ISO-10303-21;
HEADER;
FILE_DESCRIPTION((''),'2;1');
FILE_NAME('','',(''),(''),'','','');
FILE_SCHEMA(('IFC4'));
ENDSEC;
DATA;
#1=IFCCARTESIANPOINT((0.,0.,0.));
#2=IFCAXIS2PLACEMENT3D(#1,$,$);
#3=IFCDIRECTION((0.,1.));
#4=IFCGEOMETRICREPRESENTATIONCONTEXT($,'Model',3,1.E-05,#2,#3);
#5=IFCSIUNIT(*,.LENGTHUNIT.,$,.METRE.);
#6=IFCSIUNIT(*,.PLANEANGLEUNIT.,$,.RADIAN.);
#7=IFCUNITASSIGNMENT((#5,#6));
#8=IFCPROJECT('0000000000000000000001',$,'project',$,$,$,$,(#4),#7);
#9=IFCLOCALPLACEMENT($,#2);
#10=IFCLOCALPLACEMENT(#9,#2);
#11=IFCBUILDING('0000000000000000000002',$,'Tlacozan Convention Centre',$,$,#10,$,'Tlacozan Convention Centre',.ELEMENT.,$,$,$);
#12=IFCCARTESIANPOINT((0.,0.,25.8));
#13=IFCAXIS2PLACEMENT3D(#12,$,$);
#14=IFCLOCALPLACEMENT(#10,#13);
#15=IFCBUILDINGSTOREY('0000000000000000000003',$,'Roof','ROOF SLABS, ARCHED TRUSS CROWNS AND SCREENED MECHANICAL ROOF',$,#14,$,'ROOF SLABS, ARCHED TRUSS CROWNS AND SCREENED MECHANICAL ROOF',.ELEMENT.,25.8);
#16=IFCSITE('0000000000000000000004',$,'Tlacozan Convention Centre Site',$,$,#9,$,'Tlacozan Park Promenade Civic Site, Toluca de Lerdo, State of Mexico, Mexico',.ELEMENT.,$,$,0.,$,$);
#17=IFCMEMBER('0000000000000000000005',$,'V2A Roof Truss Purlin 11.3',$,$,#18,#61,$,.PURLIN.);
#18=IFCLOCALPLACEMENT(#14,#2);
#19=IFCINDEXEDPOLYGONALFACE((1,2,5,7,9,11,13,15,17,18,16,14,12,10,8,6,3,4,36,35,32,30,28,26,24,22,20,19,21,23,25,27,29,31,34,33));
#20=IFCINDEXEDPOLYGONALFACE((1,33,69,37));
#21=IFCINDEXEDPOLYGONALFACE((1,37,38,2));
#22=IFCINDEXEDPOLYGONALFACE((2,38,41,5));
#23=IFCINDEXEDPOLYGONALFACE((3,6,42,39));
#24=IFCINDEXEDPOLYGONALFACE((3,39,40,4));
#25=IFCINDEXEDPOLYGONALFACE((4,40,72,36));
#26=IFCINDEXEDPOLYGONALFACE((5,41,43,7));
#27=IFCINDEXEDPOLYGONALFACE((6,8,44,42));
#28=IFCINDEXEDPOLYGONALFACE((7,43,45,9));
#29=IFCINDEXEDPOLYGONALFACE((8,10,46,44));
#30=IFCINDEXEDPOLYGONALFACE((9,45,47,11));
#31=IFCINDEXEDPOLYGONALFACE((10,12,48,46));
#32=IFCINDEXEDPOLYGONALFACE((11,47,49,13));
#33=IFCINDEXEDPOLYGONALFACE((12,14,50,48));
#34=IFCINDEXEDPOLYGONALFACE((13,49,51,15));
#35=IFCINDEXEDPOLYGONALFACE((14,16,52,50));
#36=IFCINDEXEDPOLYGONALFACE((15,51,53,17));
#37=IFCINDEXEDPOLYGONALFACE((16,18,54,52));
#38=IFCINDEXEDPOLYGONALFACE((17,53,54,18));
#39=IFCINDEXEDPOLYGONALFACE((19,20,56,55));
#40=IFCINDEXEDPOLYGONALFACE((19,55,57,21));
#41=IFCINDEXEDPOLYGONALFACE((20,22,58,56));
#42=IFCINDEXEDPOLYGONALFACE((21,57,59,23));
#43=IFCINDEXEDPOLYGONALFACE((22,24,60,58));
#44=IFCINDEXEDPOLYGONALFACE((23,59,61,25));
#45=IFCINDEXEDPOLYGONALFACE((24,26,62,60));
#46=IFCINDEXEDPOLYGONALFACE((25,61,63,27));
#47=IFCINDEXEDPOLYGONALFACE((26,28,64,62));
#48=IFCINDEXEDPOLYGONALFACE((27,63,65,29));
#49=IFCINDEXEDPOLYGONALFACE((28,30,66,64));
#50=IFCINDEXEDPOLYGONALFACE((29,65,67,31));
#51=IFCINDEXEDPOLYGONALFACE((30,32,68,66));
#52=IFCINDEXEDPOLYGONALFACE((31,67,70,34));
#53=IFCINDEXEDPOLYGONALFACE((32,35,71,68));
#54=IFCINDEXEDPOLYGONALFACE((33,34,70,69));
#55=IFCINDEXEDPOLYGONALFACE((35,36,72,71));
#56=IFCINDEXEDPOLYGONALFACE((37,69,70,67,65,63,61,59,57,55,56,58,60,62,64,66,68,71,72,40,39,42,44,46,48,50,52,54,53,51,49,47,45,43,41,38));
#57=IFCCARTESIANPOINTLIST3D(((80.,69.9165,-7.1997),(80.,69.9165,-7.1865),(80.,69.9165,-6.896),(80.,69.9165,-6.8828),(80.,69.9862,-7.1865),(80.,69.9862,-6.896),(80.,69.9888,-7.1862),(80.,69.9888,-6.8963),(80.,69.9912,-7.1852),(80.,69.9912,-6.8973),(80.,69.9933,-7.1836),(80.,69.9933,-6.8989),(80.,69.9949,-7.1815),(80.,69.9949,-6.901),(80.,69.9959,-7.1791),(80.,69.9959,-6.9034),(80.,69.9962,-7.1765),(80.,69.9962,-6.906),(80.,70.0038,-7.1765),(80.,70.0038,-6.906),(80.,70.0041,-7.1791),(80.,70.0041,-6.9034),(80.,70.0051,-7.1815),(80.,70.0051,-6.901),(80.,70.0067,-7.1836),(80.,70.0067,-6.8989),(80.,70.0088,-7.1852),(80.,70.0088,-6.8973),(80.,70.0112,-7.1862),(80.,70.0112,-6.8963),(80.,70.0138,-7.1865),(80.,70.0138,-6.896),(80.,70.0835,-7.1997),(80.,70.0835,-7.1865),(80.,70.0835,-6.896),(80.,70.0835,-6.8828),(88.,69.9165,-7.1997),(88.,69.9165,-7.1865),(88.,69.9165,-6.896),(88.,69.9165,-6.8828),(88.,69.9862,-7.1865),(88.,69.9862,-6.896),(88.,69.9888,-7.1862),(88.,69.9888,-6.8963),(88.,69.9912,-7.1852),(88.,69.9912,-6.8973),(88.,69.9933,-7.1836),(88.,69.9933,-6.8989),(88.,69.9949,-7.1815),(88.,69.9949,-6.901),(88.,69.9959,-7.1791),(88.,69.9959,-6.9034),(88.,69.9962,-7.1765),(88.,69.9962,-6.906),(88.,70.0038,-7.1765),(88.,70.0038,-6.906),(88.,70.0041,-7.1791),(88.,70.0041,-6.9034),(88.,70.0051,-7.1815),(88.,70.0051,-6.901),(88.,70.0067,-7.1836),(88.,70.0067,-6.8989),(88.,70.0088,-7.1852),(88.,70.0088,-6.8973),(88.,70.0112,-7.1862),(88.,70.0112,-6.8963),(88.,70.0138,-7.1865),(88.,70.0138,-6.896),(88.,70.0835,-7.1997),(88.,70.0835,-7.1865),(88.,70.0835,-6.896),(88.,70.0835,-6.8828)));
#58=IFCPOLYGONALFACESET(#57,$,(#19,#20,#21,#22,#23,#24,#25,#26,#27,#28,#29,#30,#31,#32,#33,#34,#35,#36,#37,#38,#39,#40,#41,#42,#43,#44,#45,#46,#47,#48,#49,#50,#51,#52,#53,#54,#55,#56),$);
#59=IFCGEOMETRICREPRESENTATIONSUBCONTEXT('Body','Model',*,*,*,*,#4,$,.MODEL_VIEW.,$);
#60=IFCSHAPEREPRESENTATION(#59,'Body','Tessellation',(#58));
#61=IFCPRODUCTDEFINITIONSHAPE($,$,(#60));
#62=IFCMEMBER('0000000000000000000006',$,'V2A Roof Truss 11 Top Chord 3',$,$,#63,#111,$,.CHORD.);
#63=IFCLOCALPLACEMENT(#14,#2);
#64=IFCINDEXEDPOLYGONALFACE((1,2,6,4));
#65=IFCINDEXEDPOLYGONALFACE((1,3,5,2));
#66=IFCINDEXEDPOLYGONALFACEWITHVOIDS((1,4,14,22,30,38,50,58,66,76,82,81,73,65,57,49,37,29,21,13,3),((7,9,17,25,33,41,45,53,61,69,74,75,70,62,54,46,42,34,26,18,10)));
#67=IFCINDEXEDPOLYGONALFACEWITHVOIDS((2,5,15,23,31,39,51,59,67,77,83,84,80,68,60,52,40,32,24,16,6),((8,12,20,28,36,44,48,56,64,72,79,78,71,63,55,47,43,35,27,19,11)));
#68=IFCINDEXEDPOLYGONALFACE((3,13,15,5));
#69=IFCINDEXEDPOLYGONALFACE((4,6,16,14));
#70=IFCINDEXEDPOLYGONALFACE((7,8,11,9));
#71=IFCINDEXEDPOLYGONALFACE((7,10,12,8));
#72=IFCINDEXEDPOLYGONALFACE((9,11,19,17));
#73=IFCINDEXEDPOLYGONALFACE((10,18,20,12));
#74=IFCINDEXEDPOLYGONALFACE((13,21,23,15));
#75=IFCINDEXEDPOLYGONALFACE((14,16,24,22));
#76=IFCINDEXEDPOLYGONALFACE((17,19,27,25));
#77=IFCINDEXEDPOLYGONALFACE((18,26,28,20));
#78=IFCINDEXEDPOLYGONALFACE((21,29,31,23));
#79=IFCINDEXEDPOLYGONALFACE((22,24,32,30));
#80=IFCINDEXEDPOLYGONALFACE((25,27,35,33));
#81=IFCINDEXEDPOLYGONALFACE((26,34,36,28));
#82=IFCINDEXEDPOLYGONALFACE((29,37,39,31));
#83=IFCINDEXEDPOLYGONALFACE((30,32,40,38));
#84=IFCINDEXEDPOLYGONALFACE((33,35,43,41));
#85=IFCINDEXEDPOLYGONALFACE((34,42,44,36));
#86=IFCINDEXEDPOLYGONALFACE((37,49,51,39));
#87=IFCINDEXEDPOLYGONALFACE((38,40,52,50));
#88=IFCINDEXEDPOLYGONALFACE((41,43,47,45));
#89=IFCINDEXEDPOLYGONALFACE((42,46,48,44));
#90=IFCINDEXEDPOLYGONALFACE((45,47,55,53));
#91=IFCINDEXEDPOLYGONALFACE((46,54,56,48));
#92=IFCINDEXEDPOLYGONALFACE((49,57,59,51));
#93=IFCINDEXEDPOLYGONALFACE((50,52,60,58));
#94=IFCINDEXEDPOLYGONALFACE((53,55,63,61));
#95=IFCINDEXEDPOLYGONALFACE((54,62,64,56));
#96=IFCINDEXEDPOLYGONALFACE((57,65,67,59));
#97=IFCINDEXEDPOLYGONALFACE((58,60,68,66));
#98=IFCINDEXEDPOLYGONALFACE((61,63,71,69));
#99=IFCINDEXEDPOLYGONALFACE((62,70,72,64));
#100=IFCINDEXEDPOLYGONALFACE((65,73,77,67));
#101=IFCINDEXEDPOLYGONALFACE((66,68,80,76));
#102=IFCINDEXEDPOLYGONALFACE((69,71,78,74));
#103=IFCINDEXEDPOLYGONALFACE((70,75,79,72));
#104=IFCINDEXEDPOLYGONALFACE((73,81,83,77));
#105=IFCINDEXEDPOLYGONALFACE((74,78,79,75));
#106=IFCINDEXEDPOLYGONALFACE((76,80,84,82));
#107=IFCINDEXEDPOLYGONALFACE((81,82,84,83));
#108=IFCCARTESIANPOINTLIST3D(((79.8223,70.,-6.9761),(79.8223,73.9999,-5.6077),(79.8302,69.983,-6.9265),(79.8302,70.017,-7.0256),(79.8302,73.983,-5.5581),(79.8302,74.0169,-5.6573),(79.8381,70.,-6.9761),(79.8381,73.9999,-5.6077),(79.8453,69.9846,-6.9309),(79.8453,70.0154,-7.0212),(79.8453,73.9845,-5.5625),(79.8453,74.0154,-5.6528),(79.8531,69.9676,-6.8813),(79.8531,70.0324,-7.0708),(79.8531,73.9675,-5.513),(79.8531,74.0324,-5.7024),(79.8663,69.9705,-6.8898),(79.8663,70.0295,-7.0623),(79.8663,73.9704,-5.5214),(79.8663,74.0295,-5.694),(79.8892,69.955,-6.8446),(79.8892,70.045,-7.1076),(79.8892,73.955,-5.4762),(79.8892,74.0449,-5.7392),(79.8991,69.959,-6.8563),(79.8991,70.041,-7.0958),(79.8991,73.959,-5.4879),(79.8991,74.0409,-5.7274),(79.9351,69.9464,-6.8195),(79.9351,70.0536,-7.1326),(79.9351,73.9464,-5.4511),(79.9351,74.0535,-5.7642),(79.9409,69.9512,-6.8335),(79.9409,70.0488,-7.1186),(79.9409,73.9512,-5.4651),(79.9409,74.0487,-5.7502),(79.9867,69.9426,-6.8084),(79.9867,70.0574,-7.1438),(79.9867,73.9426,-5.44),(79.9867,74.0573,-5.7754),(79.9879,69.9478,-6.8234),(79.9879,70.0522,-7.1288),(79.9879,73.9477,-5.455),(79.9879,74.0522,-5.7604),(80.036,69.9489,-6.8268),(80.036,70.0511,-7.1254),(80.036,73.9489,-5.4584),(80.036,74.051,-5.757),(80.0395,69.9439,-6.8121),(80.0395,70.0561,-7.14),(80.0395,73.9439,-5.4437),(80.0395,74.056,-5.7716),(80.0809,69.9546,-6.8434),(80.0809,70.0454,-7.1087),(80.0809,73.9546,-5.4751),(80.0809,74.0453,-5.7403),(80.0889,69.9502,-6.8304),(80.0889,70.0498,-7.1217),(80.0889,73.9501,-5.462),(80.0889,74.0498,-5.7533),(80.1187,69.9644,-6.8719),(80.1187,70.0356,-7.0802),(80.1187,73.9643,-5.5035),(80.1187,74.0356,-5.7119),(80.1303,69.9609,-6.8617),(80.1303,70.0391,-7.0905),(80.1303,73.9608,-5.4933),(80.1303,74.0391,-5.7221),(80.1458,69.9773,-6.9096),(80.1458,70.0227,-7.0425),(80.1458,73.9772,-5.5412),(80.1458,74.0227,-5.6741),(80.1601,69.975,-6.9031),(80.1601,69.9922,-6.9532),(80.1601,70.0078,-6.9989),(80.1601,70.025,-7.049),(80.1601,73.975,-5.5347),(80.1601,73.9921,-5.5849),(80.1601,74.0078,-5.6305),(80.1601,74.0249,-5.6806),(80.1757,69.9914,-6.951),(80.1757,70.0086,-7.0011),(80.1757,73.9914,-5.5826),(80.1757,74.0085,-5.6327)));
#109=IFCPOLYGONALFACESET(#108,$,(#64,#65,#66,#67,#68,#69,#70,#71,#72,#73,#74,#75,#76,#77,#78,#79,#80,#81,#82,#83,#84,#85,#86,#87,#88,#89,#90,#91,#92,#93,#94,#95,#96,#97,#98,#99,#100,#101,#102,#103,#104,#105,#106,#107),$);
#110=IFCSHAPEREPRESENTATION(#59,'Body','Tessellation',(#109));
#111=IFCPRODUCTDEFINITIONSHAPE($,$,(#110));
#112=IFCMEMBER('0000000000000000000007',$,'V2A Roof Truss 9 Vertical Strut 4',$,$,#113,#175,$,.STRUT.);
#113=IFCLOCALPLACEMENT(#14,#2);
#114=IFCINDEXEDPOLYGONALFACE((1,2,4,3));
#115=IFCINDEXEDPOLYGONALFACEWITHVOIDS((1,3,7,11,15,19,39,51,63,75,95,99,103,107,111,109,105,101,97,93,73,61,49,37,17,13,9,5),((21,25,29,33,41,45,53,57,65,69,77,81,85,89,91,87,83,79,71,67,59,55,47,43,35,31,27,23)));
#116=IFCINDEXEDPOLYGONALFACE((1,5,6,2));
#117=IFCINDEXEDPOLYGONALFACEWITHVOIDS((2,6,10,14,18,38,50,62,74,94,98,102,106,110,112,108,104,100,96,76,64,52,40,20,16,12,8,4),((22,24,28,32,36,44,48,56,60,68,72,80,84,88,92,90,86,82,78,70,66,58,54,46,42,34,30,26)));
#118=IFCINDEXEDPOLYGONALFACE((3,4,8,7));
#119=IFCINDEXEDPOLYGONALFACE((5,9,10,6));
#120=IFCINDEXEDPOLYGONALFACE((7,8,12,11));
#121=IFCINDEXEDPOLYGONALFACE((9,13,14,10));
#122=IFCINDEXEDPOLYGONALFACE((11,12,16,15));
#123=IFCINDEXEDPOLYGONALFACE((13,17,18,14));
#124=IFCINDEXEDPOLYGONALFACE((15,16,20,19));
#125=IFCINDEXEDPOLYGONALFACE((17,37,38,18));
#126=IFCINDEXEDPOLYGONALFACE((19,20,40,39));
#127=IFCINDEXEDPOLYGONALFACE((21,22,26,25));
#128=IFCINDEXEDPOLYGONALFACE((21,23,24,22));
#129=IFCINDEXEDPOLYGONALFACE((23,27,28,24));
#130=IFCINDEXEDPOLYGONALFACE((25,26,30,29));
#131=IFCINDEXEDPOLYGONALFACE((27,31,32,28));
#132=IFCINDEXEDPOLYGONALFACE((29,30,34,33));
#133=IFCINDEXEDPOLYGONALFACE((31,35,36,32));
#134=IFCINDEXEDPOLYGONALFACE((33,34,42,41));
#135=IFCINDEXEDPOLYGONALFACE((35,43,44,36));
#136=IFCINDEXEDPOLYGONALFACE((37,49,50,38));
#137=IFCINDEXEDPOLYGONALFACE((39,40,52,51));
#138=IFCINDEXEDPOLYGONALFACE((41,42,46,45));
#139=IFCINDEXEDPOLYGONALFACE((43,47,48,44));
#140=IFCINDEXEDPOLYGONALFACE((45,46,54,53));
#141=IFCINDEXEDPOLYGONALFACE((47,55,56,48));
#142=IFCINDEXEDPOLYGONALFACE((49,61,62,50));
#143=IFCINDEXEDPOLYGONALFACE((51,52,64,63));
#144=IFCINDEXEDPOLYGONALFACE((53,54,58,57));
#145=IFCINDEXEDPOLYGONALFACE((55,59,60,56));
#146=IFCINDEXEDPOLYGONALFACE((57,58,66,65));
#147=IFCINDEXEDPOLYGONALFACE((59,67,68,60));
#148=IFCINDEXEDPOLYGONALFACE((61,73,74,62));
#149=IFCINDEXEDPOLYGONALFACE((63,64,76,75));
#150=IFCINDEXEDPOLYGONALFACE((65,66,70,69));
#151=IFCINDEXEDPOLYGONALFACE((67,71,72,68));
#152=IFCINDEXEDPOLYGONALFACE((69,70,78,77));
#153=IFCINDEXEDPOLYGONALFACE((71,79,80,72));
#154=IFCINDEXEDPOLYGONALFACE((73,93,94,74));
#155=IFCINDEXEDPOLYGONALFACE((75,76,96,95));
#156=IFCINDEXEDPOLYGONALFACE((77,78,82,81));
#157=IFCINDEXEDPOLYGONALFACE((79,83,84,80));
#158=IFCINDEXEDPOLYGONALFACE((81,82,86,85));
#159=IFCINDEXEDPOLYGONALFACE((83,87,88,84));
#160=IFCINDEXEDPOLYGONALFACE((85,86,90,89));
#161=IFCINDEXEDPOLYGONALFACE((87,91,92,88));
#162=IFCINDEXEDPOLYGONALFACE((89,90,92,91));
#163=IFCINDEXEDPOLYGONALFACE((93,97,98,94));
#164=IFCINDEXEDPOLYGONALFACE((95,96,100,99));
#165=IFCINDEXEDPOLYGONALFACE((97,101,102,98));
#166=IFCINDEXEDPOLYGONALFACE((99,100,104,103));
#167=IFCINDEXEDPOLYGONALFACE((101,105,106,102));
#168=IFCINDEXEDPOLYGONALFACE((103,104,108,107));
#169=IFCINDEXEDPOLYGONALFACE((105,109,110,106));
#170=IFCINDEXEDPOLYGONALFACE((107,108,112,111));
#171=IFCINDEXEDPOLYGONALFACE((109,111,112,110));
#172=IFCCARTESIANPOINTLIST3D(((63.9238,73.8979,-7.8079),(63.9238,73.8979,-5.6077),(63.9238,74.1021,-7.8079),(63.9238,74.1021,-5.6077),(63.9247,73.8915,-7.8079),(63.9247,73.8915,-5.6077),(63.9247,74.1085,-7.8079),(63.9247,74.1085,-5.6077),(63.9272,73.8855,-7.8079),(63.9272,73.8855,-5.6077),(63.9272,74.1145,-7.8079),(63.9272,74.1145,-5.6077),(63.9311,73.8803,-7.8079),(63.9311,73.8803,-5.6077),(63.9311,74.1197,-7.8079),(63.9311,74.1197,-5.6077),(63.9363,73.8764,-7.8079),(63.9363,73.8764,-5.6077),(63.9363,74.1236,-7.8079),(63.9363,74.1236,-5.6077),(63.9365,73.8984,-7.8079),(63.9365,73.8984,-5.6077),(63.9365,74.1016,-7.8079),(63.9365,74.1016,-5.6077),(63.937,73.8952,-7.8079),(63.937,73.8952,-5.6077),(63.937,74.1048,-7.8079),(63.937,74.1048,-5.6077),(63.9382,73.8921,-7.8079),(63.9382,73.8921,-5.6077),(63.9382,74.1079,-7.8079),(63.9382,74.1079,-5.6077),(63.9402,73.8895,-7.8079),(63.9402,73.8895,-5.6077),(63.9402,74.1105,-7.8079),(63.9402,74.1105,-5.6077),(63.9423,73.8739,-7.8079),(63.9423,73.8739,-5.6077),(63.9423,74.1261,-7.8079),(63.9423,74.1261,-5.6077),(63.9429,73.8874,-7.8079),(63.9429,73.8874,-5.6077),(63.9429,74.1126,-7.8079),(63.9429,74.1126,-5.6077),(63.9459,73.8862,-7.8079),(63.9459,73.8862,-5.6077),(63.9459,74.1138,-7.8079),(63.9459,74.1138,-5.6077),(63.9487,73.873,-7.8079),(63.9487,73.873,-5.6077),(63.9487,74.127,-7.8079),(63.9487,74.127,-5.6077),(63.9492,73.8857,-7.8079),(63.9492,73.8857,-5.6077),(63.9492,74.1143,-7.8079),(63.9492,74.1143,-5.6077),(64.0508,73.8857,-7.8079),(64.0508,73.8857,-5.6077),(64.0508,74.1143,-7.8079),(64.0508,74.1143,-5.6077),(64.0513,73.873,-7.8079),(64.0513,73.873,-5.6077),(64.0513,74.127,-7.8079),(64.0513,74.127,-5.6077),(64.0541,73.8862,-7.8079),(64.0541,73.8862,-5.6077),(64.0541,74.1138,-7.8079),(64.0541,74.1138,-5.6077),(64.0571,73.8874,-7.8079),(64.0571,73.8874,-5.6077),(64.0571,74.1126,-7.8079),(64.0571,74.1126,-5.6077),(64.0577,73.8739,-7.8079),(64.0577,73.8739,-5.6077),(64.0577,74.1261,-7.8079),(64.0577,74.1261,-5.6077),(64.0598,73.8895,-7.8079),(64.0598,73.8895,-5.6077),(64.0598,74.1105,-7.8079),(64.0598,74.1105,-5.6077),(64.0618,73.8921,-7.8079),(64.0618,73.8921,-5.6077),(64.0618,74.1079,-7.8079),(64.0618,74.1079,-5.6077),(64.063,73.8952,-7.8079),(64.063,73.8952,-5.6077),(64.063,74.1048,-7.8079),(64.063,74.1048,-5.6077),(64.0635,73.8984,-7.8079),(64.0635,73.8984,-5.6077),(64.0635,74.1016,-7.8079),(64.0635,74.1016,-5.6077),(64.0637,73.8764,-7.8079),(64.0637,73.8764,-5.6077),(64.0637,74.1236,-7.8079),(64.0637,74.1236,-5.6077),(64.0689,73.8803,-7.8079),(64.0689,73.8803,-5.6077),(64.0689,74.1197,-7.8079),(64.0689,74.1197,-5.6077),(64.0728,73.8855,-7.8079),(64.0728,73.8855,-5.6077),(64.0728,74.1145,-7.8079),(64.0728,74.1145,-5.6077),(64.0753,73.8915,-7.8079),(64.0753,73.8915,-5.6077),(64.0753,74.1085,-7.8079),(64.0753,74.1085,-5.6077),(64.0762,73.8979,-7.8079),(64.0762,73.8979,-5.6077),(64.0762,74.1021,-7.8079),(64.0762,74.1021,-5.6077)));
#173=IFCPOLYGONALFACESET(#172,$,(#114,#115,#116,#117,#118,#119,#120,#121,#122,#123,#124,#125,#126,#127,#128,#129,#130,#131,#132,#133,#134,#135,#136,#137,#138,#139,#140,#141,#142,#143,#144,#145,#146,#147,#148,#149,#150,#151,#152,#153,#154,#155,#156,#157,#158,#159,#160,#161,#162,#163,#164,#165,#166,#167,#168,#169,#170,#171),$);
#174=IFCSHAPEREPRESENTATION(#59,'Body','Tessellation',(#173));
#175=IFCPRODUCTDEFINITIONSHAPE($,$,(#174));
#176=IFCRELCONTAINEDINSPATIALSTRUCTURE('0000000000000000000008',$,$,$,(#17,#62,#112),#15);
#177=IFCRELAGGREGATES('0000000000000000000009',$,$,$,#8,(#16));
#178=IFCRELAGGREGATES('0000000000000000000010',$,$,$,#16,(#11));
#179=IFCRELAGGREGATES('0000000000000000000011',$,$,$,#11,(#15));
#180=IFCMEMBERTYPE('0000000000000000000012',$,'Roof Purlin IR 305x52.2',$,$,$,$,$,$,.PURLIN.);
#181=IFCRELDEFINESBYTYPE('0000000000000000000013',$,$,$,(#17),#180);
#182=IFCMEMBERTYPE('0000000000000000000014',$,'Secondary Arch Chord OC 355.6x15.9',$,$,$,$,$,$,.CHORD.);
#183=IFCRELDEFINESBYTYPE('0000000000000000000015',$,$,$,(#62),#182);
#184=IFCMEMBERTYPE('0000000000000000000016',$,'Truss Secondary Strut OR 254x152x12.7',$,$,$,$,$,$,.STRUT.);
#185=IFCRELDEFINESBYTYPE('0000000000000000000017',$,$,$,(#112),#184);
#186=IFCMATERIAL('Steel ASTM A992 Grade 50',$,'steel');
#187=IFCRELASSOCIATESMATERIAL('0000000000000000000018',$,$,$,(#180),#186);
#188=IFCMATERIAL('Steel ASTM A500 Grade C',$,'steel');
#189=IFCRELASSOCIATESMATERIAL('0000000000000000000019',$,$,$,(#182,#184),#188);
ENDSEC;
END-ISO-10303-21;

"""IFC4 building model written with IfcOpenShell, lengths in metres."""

from ifc_helpers import new_model, si_unit, direction, frame, origin, origin_2d, place, context, subcontext, project, spatial, hollow_rectangle, hollow_circle, i_section, extrude, material, material_profile, profile_set, type_object, element, save


model = new_model("IFC4")

# Units and contexts
model_context = context("Model", 3, precision=1e-05, world=origin(), true_north=direction((0.0, 1.0)))
body_context = subcontext(model_context, "Body", "Model", "MODEL_VIEW")
ifc_project = project(units=[si_unit("LENGTHUNIT", "METRE"), si_unit("PLANEANGLEUNIT", "RADIAN")], contexts=[model_context])

# Site, building, storey
site_placement = place(None, origin())
site = spatial("IfcSite", under=ifc_project, at=site_placement, Name="Tlacozan Convention Centre Site", LongName="Tlacozan Park Promenade Civic Site, Toluca de Lerdo, State of Mexico, Mexico", CompositionType="ELEMENT", RefElevation=0.0)
building_placement = place(site_placement, origin())
building = spatial("IfcBuilding", under=site, at=building_placement, Name="Tlacozan Convention Centre", LongName="Tlacozan Convention Centre", CompositionType="ELEMENT")
storey_placement = place(building_placement, frame((0.0, 0.0, 25.8)))
storey = spatial("IfcBuildingStorey", under=building, at=storey_placement, Name="Roof", Description="ROOF SLABS, ARCHED TRUSS CROWNS AND SCREENED MECHANICAL ROOF", LongName="ROOF SLABS, ARCHED TRUSS CROWNS AND SCREENED MECHANICAL ROOF", CompositionType="ELEMENT", Elevation=25.8)

# Members
ifc_material_1 = material(Name="Steel ASTM A500 Grade C", Category="steel")
ifc_material_2 = material(Name="Steel ASTM A992 Grade 50", Category="steel")
ifc_material_profile_1 = material_profile(ifc_material_2, i_section(OverallWidth=0.167, OverallDepth=0.3169, WebThickness=0.0076, FlangeThickness=0.0132, FilletRadius=0.01, at=origin_2d()), Name="IR 305x52.2")
ifc_profile_set_1 = profile_set([ifc_material_profile_1], Name="Steel ASTM A992 Grade 50")
member_type_1 = type_object("IfcMemberType", Name="Roof Purlin IR 305x52.2", PredefinedType="PURLIN", material=ifc_profile_set_1)
for number, where, z_axis, x_axis, name in (
    (1, (80.0, 70.0, -7.0413), (1.0, 0.0, 0.0), (0.0, 1.0, 0.0), "V2A Roof Truss Purlin 11.3"),
):
    element("IfcMember", number, at=place(storey_placement, frame(where, z_axis=z_axis, x_axis=x_axis)), inside=storey, type_object=member_type_1, Name=name, PredefinedType="PURLIN", context=body_context, shape_type="SweptSolid", body=[
        extrude(i_section(OverallWidth=0.167, OverallDepth=0.3169, WebThickness=0.0076, FlangeThickness=0.0132, FilletRadius=0.01, at=origin_2d()), origin(), (0.0, 0.0, 1.0), 8.0),
    ])
ifc_material_profile_2 = material_profile(ifc_material_1, hollow_circle(Radius=0.1777, WallThickness=0.0159, at=origin_2d()), Name="OC 355.6x15.9")
ifc_profile_set_2 = profile_set([ifc_material_profile_2], Name="Steel ASTM A500 Grade C")
member_type_2 = type_object("IfcMemberType", Name="Secondary Arch Chord OC 355.6x15.9", PredefinedType="CHORD", material=ifc_profile_set_2)
member_1_placement = place(storey_placement, frame((80.0, 70.0, -6.9761), z_axis=(0.0, 0.946165, 0.323685), x_axis=(-1.0, 0.0, 0.0)))
element("IfcMember", 2, at=member_1_placement, inside=storey, type_object=member_type_2, Name="V2A Roof Truss 11 Top Chord 3", PredefinedType="CHORD", context=body_context, shape_type="SweptSolid", body=[
    extrude(hollow_circle(Radius=0.1777, WallThickness=0.0159, at=origin_2d()), origin(), (0.0, 0.0, 1.0), 4.2275),
])
ifc_material_profile_3 = material_profile(ifc_material_1, hollow_rectangle(XDim=0.1523, YDim=0.2539, WallThickness=0.0127, InnerFilletRadius=0.0127, OuterFilletRadius=0.0249, at=origin_2d()), Name="OR 254x152x12.7")
ifc_profile_set_3 = profile_set([ifc_material_profile_3], Name="Steel ASTM A500 Grade C")
member_type_3 = type_object("IfcMemberType", Name="Truss Secondary Strut OR 254x152x12.7", PredefinedType="STRUT", material=ifc_profile_set_3)
for number, where, z_axis, x_axis, name in (
    (3, (64.0, 74.0, -7.8079), (0.0, 0.0, 1.0), (1.0, 0.0, 0.0), "V2A Roof Truss 9 Vertical Strut 4"),
):
    element("IfcMember", number, at=place(storey_placement, frame(where, z_axis=z_axis, x_axis=x_axis)), inside=storey, type_object=member_type_3, Name=name, PredefinedType="STRUT", context=body_context, shape_type="SweptSolid", body=[
        extrude(hollow_rectangle(XDim=0.1523, YDim=0.2539, WallThickness=0.0127, InnerFilletRadius=0.0127, OuterFilletRadius=0.0249, at=origin_2d()), origin(), (0.0, 0.0, 1.0), 2.2002),
    ])

save(model, "model.ifc")
